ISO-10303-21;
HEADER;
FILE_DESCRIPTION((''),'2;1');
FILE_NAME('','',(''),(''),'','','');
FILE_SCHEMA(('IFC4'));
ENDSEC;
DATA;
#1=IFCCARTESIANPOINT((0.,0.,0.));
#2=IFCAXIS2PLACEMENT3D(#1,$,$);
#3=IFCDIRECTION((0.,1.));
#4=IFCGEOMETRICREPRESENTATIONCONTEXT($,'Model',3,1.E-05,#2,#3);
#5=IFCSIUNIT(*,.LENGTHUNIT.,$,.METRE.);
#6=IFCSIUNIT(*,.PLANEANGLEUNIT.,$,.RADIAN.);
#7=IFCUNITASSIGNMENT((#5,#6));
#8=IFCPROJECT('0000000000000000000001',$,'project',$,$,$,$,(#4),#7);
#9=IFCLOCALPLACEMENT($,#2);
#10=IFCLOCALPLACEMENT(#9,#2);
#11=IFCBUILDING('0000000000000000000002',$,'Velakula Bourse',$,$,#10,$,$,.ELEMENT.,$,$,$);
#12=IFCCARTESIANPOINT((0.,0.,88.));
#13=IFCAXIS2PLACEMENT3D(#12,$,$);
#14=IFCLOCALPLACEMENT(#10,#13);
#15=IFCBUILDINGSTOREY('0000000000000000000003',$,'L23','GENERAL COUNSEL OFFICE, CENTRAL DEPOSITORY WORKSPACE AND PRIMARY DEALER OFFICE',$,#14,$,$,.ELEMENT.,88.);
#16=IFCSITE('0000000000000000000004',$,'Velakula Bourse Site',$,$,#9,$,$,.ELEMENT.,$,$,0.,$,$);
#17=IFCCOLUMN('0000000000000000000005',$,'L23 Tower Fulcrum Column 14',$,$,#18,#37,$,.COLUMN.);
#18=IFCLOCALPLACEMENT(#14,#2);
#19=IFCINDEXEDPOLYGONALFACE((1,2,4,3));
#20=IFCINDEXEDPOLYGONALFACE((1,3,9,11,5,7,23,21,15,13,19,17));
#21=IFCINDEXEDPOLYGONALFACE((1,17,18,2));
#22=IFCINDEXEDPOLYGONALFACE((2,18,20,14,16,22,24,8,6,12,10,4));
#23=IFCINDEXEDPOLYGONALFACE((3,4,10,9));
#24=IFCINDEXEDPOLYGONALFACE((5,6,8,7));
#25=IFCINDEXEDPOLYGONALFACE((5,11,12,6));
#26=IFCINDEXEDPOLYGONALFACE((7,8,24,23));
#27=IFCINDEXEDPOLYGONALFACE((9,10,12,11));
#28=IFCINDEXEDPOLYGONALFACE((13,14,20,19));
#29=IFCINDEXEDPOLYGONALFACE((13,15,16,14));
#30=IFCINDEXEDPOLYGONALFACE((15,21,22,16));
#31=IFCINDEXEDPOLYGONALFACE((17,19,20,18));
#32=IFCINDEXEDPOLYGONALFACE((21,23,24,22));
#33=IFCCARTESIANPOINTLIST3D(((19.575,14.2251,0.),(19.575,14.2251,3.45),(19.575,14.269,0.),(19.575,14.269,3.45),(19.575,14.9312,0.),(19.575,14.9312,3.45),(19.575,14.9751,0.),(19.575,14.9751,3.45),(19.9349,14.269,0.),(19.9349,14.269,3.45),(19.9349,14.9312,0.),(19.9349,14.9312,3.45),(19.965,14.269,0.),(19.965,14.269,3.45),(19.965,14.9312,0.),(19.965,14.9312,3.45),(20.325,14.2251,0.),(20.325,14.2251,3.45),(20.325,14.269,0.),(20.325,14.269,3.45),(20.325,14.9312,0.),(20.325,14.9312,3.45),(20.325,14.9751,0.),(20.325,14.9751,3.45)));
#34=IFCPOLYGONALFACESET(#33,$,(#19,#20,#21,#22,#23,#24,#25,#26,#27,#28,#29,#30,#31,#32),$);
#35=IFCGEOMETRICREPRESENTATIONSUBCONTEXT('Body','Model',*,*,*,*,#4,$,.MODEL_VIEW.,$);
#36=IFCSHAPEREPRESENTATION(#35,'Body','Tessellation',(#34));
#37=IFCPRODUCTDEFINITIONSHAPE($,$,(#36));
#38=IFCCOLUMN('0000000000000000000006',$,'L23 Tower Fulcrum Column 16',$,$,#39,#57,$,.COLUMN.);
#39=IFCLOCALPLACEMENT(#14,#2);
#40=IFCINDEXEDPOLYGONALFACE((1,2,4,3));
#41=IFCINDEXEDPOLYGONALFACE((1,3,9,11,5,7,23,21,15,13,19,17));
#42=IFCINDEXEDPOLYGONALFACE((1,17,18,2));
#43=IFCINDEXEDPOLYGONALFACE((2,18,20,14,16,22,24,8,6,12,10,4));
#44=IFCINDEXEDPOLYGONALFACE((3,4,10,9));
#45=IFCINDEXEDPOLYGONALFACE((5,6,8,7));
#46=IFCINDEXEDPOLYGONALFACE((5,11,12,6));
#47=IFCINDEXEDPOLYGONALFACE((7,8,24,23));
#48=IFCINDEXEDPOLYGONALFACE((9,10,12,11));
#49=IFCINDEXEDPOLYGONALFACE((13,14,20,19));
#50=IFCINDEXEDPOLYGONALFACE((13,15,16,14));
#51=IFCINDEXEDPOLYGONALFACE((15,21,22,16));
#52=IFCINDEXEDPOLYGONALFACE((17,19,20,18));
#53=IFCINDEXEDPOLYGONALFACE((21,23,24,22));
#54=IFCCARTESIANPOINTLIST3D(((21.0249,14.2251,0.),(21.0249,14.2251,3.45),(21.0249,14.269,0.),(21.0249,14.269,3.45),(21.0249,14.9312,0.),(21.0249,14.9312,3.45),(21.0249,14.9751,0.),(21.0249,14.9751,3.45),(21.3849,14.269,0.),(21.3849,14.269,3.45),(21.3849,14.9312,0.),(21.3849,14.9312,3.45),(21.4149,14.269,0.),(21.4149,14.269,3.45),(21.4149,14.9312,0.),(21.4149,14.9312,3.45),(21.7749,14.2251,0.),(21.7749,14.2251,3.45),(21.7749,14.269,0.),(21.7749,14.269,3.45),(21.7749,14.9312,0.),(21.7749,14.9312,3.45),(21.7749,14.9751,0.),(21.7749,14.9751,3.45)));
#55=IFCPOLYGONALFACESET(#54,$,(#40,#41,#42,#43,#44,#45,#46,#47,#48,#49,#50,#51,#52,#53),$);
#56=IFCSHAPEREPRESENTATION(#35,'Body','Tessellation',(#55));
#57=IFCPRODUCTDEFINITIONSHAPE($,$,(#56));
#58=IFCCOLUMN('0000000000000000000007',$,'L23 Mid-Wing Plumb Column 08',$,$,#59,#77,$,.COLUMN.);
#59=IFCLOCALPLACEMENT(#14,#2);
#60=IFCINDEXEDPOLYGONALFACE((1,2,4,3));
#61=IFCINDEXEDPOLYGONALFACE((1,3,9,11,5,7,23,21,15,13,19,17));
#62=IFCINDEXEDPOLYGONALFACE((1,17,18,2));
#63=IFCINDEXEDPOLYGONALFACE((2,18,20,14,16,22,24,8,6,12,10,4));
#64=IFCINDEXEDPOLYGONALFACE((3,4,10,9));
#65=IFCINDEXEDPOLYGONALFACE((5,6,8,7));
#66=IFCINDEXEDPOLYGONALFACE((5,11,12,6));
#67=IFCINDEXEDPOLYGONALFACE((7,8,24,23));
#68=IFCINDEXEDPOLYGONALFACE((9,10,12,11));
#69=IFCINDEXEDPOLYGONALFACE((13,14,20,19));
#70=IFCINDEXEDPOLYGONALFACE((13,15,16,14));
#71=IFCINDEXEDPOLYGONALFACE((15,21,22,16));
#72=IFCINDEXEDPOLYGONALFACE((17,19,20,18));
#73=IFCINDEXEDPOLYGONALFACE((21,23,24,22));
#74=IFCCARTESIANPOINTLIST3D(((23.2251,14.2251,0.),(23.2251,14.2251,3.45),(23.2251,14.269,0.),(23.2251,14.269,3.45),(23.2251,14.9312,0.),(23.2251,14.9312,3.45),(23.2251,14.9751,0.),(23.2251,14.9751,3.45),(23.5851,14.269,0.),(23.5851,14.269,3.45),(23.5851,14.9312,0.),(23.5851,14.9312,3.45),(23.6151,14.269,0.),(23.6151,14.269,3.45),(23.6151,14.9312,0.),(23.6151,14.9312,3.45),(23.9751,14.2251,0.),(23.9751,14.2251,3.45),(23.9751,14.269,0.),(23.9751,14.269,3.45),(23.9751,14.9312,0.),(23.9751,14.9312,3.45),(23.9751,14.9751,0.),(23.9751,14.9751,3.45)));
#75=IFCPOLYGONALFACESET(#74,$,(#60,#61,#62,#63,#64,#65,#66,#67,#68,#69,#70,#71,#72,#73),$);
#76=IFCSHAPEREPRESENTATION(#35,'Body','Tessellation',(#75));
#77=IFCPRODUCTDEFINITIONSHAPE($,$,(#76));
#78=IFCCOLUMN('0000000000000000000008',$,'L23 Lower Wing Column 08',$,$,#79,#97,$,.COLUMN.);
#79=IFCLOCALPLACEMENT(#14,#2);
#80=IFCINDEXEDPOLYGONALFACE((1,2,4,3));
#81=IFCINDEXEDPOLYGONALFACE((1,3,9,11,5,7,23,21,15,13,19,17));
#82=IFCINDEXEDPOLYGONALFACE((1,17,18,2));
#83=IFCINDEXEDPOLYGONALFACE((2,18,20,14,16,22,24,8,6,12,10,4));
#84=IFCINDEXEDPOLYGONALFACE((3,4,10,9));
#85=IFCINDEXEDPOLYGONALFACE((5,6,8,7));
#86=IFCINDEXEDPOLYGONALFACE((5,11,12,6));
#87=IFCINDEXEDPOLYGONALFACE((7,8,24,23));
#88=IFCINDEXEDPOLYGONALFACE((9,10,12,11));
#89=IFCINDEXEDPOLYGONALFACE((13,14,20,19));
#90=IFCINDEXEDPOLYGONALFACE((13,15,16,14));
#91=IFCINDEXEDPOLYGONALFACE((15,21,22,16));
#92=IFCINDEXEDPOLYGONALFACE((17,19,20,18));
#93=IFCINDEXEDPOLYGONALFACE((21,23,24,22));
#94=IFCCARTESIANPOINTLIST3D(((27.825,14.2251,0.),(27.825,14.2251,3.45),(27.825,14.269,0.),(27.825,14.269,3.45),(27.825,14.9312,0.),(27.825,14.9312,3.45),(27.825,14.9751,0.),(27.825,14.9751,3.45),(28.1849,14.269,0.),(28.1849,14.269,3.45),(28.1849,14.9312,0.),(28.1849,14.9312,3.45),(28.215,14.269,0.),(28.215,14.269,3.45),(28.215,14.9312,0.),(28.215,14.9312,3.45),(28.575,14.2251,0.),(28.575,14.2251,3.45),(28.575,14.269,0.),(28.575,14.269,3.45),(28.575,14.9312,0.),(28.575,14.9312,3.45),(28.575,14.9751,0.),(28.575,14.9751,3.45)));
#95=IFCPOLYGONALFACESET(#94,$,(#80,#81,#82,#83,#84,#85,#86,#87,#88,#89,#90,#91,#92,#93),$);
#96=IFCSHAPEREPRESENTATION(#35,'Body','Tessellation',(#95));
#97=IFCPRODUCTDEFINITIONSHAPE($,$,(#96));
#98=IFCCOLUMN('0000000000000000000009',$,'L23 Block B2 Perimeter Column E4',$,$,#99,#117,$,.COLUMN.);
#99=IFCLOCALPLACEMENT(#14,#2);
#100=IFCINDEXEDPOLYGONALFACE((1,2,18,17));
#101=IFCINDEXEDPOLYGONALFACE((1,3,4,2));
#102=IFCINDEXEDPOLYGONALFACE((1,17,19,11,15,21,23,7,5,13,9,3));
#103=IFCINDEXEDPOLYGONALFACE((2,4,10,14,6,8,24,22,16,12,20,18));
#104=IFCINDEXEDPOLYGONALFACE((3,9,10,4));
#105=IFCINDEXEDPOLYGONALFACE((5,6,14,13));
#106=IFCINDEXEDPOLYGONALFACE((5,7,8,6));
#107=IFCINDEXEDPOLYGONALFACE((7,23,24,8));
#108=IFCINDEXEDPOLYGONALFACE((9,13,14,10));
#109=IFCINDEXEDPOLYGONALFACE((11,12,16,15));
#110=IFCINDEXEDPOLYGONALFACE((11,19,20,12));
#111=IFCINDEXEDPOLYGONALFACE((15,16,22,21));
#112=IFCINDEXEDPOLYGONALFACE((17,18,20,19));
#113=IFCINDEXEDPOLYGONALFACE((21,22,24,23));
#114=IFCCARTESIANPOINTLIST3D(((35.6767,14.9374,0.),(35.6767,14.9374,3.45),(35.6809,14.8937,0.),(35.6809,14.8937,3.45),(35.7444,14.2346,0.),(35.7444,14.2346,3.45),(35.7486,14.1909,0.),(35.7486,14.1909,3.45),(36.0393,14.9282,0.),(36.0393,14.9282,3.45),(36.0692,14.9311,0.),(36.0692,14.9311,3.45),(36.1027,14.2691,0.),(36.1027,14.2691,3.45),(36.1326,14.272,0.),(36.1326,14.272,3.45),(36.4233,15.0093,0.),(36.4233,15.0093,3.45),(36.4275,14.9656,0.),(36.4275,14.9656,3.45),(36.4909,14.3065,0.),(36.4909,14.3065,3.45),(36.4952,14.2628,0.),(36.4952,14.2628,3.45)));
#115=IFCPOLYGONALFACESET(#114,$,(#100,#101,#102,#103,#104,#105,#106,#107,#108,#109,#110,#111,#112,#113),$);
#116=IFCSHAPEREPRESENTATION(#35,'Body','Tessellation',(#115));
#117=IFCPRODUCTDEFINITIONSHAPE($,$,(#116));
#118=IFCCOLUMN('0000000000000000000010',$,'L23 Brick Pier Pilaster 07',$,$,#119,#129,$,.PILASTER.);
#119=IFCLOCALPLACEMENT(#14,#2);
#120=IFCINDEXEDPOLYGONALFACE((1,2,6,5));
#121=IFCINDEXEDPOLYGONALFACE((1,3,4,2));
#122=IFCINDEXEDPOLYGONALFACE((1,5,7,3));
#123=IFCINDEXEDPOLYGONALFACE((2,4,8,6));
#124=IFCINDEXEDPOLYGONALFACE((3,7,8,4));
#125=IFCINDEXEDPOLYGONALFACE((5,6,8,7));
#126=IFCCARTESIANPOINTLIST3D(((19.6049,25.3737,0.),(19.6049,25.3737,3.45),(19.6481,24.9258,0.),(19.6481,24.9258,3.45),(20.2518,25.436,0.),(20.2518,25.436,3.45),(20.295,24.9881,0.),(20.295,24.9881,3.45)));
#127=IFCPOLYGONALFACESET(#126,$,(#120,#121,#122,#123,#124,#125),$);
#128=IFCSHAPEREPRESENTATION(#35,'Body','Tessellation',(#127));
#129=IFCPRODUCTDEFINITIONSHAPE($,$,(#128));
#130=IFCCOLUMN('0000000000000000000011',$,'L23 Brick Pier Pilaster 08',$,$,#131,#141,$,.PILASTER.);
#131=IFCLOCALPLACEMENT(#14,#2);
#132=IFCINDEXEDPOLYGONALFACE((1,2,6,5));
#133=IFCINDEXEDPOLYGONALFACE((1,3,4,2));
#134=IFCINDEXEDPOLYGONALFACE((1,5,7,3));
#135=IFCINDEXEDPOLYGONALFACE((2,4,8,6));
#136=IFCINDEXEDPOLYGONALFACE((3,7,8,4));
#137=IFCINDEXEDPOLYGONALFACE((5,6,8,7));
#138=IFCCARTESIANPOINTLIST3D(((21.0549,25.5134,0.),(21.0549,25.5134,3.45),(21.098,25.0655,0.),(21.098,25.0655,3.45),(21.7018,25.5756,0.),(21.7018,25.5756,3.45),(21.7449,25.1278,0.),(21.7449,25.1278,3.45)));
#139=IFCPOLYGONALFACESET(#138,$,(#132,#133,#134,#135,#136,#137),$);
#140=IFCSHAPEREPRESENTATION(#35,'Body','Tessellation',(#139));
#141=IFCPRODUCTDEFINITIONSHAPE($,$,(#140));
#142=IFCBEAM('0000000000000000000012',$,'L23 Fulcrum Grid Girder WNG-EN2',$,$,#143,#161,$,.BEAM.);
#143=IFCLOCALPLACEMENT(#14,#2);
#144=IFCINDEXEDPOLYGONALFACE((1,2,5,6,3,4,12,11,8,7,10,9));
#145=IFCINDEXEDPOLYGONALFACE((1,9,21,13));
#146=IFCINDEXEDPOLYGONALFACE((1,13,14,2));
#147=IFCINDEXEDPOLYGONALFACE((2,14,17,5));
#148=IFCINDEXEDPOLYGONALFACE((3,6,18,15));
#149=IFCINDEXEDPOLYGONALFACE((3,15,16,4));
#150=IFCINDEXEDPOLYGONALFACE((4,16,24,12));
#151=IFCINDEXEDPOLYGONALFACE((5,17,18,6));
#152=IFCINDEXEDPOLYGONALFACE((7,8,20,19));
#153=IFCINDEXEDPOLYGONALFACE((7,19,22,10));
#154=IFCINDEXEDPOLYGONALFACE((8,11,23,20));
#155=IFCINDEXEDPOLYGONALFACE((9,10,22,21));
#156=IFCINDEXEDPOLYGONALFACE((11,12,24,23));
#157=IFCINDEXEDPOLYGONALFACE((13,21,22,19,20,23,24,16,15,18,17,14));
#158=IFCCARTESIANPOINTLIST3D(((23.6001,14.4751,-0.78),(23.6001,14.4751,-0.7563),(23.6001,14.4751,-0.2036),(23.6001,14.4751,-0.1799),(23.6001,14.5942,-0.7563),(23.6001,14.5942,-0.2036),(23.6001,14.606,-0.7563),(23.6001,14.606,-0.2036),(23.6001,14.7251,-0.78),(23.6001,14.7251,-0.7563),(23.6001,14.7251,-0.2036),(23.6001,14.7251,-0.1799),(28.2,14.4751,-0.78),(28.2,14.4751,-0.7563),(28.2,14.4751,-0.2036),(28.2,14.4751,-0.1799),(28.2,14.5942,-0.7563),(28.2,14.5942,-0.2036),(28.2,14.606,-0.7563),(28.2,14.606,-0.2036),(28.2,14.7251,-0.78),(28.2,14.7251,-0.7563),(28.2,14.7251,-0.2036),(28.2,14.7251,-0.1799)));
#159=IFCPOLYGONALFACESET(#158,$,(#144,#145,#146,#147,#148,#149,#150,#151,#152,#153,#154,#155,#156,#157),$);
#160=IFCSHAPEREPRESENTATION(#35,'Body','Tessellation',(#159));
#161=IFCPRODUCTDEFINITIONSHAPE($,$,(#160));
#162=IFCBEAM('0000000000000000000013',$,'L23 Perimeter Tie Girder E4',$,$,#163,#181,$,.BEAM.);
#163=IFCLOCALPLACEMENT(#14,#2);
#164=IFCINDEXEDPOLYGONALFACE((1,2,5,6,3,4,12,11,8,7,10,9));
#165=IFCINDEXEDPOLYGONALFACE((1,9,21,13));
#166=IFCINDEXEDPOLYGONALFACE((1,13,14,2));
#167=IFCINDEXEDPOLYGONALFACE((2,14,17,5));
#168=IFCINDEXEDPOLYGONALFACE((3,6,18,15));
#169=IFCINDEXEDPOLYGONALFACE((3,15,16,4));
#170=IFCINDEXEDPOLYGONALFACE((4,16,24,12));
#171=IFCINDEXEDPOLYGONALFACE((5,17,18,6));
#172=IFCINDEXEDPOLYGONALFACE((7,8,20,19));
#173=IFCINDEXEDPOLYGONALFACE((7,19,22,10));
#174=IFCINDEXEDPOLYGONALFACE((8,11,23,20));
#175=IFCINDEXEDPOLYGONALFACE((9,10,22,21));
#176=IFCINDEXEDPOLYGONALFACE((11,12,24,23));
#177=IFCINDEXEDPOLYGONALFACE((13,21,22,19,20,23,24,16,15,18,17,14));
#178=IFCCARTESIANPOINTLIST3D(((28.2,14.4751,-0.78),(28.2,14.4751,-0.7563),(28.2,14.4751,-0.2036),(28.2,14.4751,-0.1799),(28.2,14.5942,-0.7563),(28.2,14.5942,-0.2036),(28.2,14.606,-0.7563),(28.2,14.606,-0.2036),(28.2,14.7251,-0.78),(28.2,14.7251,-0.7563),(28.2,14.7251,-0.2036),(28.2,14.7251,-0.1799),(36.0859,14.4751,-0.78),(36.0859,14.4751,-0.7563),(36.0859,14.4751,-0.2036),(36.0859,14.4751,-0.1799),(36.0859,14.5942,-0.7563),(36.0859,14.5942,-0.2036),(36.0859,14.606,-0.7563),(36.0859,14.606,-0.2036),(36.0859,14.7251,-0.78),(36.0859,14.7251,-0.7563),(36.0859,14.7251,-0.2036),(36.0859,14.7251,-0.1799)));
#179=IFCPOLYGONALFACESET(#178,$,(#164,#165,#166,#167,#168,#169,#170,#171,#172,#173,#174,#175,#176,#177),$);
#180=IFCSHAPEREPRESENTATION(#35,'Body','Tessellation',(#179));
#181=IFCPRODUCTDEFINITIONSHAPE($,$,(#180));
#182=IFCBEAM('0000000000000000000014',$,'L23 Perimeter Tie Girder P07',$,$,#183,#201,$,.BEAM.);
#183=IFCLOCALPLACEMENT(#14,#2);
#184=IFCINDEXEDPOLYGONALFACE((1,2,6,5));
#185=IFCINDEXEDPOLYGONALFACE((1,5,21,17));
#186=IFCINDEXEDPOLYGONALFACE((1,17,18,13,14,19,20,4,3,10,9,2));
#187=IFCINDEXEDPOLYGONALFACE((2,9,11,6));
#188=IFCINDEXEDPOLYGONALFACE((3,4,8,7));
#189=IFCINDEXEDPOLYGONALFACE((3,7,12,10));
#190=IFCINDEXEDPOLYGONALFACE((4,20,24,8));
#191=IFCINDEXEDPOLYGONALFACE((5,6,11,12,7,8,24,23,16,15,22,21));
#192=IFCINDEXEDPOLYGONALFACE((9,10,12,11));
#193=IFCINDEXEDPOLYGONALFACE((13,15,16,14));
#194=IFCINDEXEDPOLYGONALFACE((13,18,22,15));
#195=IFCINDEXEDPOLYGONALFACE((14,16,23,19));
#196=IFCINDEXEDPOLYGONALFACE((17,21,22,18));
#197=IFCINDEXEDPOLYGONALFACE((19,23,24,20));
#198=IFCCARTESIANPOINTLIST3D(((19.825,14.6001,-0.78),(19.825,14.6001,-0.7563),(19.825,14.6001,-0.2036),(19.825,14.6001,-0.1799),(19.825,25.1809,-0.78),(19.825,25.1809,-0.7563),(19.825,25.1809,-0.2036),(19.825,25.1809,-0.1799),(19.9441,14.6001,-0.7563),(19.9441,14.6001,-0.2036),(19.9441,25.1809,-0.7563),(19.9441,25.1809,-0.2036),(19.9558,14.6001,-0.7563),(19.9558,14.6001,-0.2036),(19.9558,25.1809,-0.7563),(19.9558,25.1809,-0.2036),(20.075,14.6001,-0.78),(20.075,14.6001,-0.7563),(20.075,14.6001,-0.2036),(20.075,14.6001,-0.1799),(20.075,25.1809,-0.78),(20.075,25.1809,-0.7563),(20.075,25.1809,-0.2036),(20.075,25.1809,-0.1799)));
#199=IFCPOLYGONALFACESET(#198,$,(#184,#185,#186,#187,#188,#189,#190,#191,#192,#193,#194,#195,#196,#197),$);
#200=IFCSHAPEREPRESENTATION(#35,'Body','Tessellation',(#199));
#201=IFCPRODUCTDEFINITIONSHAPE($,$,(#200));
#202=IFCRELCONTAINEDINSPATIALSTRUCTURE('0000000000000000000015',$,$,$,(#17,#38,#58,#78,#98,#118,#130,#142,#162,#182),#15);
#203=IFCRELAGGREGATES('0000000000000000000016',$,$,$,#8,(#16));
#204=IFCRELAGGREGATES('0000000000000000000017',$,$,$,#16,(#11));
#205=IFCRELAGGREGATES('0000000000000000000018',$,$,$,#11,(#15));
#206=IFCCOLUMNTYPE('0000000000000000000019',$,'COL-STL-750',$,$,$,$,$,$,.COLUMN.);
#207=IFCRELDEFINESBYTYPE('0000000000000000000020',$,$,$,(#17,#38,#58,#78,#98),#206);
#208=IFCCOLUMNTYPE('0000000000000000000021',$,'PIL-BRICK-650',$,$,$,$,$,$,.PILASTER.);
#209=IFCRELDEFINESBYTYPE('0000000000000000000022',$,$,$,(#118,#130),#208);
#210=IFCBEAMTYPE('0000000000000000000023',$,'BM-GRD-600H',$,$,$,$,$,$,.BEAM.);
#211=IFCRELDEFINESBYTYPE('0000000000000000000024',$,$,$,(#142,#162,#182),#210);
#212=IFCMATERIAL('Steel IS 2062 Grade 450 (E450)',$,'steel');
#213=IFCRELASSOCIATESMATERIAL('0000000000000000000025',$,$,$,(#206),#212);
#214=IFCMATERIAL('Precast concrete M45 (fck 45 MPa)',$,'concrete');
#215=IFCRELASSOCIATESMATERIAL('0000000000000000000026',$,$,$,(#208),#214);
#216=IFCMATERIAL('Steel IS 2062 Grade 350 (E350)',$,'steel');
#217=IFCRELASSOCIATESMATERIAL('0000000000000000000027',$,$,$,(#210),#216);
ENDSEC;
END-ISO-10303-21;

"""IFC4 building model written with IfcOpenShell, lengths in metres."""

from ifc_helpers import new_model, si_unit, direction, frame, origin, origin_2d, place, context, subcontext, project, spatial, rectangle, i_section, extrude, material, material_profile, profile_set, type_object, element, save


model = new_model("IFC4")

# Units and contexts
model_context = context("Model", 3, precision=1e-05, world=origin(), true_north=direction((0.0, 1.0)))
body_context = subcontext(model_context, "Body", "Model", "MODEL_VIEW")
ifc_project = project(units=[si_unit("LENGTHUNIT", "METRE"), si_unit("PLANEANGLEUNIT", "RADIAN")], contexts=[model_context])

# Site, building, storey
site_placement = place(None, origin())
site = spatial("IfcSite", under=ifc_project, at=site_placement, Name="Velakula Bourse Site", CompositionType="ELEMENT", RefElevation=0.0)
building_placement = place(site_placement, origin())
building = spatial("IfcBuilding", under=site, at=building_placement, Name="Velakula Bourse", CompositionType="ELEMENT")
storey_placement = place(building_placement, frame((0.0, 0.0, 88.0)))
storey = spatial("IfcBuildingStorey", under=building, at=storey_placement, Name="L23", Description="GENERAL COUNSEL OFFICE, CENTRAL DEPOSITORY WORKSPACE AND PRIMARY DEALER OFFICE", CompositionType="ELEMENT", Elevation=88.0)

# Columns
ifc_material_1 = material(Name="Steel IS 2062 Grade 450 (E450)", Category="steel")
ifc_material_profile_1 = material_profile(ifc_material_1, i_section(OverallWidth=0.75, OverallDepth=0.75, WebThickness=0.03, FlangeThickness=0.0439, at=origin_2d()), Name="Steel IS 2062 Grade 450 (E450)")
ifc_profile_set_1 = profile_set([ifc_material_profile_1], Name="Steel IS 2062 Grade 450 (E450)")
column_type_1 = type_object("IfcColumnType", Name="COL-STL-750", PredefinedType="COLUMN", material=ifc_profile_set_1)
for number, where, z_axis, x_axis, name in (
    (1, (19.95, 14.6001, 0.0), (0.0, 0.0, 1.0), (1.0, 0.0, 0.0), "L23 Tower Fulcrum Column 14"),
    (2, (21.3999, 14.6001, 0.0), (0.0, 0.0, 1.0), (1.0, 0.0, 0.0), "L23 Tower Fulcrum Column 16"),
    (3, (23.6001, 14.6001, 0.0), (0.0, 0.0, 1.0), (1.0, 0.0, 0.0), "L23 Mid-Wing Plumb Column 08"),
    (4, (28.2, 14.6001, 0.0), (0.0, 0.0, 1.0), (1.0, 0.0, 0.0), "L23 Lower Wing Column 08"),
    (5, (36.0859, 14.6001, 0.0), (0.0, 0.0, 1.0), (0.995396, 0.095846, 0.0), "L23 Block B2 Perimeter Column E4"),
):
    element("IfcColumn", number, at=place(storey_placement, frame(where, z_axis=z_axis, x_axis=x_axis)), inside=storey, type_object=column_type_1, Name=name, PredefinedType="COLUMN", context=body_context, shape_type="SweptSolid", body=[
        extrude(i_section(OverallWidth=0.75, OverallDepth=0.75, WebThickness=0.03, FlangeThickness=0.0439, at=origin_2d()), origin(), (0.0, 0.0, 1.0), 3.45),
    ])
ifc_material_2 = material(Name="Precast concrete M45 (fck 45 MPa)", Category="concrete")
ifc_material_profile_2 = material_profile(ifc_material_2, rectangle(XDim=0.6499, YDim=0.45, at=origin_2d()), Name="Precast concrete M45 (fck 45 MPa)")
ifc_profile_set_2 = profile_set([ifc_material_profile_2], Name="Precast concrete M45 (fck 45 MPa)")
column_type_2 = type_object("IfcColumnType", Name="PIL-BRICK-650", PredefinedType="PILASTER", material=ifc_profile_set_2)
for number, where, z_axis, x_axis, name in (
    (6, (19.95, 25.1809, 0.0), (0.0, 0.0, 1.0), (0.995396, 0.095846, 0.0), "L23 Brick Pier Pilaster 07"),
    (7, (21.3999, 25.3206, 0.0), (0.0, 0.0, 1.0), (0.995396, 0.095846, 0.0), "L23 Brick Pier Pilaster 08"),
):
    element("IfcColumn", number, at=place(storey_placement, frame(where, z_axis=z_axis, x_axis=x_axis)), inside=storey, type_object=column_type_2, Name=name, PredefinedType="PILASTER", context=body_context, shape_type="SweptSolid", body=[
        extrude(rectangle(XDim=0.6499, YDim=0.45, at=origin_2d()), origin(), (0.0, 0.0, 1.0), 3.45),
    ])

# Beams
ifc_material_3 = material(Name="Steel IS 2062 Grade 350 (E350)", Category="steel")
ifc_material_profile_3 = material_profile(ifc_material_3, i_section(OverallWidth=0.25, OverallDepth=0.6001, WebThickness=0.0117, FlangeThickness=0.0237, at=origin_2d()), Name="Steel IS 2062 Grade 350 (E350)")
ifc_profile_set_3 = profile_set([ifc_material_profile_3], Name="Steel IS 2062 Grade 350 (E350)")
beam_type_1 = type_object("IfcBeamType", Name="BM-GRD-600H", PredefinedType="BEAM", material=ifc_profile_set_3)
beam_1_placement = place(storey_placement, frame((23.6001, 14.6001, -0.48), z_axis=(1.0, 0.0, 0.0), x_axis=(0.0, 1.0, 0.0)))
element("IfcBeam", 8, at=beam_1_placement, inside=storey, type_object=beam_type_1, Name="L23 Fulcrum Grid Girder WNG-EN2", PredefinedType="BEAM", context=body_context, shape_type="SweptSolid", body=[
    extrude(i_section(OverallWidth=0.25, OverallDepth=0.6001, WebThickness=0.0117, FlangeThickness=0.0237, at=origin_2d()), origin(), (0.0, 0.0, 1.0), 4.5999),
])
beam_2_placement = place(storey_placement, frame((28.2, 14.6001, -0.48), z_axis=(1.0, 0.0, 0.0), x_axis=(0.0, 1.0, 0.0)))
element("IfcBeam", 9, at=beam_2_placement, inside=storey, type_object=beam_type_1, Name="L23 Perimeter Tie Girder E4", PredefinedType="BEAM", context=body_context, shape_type="SweptSolid", body=[
    extrude(i_section(OverallWidth=0.25, OverallDepth=0.6001, WebThickness=0.0117, FlangeThickness=0.0237, at=origin_2d()), origin(), (0.0, 0.0, 1.0), 7.886),
])
beam_3_placement = place(storey_placement, frame((19.95, 14.6001, -0.48), z_axis=(0.0, 1.0, 0.0), x_axis=(-1.0, 0.0, 0.0)))
element("IfcBeam", 10, at=beam_3_placement, inside=storey, type_object=beam_type_1, Name="L23 Perimeter Tie Girder P07", PredefinedType="BEAM", context=body_context, shape_type="SweptSolid", body=[
    extrude(i_section(OverallWidth=0.25, OverallDepth=0.6001, WebThickness=0.0117, FlangeThickness=0.0237, at=origin_2d()), origin(), (0.0, 0.0, 1.0), 10.5808),
])

save(model, "model.ifc")
